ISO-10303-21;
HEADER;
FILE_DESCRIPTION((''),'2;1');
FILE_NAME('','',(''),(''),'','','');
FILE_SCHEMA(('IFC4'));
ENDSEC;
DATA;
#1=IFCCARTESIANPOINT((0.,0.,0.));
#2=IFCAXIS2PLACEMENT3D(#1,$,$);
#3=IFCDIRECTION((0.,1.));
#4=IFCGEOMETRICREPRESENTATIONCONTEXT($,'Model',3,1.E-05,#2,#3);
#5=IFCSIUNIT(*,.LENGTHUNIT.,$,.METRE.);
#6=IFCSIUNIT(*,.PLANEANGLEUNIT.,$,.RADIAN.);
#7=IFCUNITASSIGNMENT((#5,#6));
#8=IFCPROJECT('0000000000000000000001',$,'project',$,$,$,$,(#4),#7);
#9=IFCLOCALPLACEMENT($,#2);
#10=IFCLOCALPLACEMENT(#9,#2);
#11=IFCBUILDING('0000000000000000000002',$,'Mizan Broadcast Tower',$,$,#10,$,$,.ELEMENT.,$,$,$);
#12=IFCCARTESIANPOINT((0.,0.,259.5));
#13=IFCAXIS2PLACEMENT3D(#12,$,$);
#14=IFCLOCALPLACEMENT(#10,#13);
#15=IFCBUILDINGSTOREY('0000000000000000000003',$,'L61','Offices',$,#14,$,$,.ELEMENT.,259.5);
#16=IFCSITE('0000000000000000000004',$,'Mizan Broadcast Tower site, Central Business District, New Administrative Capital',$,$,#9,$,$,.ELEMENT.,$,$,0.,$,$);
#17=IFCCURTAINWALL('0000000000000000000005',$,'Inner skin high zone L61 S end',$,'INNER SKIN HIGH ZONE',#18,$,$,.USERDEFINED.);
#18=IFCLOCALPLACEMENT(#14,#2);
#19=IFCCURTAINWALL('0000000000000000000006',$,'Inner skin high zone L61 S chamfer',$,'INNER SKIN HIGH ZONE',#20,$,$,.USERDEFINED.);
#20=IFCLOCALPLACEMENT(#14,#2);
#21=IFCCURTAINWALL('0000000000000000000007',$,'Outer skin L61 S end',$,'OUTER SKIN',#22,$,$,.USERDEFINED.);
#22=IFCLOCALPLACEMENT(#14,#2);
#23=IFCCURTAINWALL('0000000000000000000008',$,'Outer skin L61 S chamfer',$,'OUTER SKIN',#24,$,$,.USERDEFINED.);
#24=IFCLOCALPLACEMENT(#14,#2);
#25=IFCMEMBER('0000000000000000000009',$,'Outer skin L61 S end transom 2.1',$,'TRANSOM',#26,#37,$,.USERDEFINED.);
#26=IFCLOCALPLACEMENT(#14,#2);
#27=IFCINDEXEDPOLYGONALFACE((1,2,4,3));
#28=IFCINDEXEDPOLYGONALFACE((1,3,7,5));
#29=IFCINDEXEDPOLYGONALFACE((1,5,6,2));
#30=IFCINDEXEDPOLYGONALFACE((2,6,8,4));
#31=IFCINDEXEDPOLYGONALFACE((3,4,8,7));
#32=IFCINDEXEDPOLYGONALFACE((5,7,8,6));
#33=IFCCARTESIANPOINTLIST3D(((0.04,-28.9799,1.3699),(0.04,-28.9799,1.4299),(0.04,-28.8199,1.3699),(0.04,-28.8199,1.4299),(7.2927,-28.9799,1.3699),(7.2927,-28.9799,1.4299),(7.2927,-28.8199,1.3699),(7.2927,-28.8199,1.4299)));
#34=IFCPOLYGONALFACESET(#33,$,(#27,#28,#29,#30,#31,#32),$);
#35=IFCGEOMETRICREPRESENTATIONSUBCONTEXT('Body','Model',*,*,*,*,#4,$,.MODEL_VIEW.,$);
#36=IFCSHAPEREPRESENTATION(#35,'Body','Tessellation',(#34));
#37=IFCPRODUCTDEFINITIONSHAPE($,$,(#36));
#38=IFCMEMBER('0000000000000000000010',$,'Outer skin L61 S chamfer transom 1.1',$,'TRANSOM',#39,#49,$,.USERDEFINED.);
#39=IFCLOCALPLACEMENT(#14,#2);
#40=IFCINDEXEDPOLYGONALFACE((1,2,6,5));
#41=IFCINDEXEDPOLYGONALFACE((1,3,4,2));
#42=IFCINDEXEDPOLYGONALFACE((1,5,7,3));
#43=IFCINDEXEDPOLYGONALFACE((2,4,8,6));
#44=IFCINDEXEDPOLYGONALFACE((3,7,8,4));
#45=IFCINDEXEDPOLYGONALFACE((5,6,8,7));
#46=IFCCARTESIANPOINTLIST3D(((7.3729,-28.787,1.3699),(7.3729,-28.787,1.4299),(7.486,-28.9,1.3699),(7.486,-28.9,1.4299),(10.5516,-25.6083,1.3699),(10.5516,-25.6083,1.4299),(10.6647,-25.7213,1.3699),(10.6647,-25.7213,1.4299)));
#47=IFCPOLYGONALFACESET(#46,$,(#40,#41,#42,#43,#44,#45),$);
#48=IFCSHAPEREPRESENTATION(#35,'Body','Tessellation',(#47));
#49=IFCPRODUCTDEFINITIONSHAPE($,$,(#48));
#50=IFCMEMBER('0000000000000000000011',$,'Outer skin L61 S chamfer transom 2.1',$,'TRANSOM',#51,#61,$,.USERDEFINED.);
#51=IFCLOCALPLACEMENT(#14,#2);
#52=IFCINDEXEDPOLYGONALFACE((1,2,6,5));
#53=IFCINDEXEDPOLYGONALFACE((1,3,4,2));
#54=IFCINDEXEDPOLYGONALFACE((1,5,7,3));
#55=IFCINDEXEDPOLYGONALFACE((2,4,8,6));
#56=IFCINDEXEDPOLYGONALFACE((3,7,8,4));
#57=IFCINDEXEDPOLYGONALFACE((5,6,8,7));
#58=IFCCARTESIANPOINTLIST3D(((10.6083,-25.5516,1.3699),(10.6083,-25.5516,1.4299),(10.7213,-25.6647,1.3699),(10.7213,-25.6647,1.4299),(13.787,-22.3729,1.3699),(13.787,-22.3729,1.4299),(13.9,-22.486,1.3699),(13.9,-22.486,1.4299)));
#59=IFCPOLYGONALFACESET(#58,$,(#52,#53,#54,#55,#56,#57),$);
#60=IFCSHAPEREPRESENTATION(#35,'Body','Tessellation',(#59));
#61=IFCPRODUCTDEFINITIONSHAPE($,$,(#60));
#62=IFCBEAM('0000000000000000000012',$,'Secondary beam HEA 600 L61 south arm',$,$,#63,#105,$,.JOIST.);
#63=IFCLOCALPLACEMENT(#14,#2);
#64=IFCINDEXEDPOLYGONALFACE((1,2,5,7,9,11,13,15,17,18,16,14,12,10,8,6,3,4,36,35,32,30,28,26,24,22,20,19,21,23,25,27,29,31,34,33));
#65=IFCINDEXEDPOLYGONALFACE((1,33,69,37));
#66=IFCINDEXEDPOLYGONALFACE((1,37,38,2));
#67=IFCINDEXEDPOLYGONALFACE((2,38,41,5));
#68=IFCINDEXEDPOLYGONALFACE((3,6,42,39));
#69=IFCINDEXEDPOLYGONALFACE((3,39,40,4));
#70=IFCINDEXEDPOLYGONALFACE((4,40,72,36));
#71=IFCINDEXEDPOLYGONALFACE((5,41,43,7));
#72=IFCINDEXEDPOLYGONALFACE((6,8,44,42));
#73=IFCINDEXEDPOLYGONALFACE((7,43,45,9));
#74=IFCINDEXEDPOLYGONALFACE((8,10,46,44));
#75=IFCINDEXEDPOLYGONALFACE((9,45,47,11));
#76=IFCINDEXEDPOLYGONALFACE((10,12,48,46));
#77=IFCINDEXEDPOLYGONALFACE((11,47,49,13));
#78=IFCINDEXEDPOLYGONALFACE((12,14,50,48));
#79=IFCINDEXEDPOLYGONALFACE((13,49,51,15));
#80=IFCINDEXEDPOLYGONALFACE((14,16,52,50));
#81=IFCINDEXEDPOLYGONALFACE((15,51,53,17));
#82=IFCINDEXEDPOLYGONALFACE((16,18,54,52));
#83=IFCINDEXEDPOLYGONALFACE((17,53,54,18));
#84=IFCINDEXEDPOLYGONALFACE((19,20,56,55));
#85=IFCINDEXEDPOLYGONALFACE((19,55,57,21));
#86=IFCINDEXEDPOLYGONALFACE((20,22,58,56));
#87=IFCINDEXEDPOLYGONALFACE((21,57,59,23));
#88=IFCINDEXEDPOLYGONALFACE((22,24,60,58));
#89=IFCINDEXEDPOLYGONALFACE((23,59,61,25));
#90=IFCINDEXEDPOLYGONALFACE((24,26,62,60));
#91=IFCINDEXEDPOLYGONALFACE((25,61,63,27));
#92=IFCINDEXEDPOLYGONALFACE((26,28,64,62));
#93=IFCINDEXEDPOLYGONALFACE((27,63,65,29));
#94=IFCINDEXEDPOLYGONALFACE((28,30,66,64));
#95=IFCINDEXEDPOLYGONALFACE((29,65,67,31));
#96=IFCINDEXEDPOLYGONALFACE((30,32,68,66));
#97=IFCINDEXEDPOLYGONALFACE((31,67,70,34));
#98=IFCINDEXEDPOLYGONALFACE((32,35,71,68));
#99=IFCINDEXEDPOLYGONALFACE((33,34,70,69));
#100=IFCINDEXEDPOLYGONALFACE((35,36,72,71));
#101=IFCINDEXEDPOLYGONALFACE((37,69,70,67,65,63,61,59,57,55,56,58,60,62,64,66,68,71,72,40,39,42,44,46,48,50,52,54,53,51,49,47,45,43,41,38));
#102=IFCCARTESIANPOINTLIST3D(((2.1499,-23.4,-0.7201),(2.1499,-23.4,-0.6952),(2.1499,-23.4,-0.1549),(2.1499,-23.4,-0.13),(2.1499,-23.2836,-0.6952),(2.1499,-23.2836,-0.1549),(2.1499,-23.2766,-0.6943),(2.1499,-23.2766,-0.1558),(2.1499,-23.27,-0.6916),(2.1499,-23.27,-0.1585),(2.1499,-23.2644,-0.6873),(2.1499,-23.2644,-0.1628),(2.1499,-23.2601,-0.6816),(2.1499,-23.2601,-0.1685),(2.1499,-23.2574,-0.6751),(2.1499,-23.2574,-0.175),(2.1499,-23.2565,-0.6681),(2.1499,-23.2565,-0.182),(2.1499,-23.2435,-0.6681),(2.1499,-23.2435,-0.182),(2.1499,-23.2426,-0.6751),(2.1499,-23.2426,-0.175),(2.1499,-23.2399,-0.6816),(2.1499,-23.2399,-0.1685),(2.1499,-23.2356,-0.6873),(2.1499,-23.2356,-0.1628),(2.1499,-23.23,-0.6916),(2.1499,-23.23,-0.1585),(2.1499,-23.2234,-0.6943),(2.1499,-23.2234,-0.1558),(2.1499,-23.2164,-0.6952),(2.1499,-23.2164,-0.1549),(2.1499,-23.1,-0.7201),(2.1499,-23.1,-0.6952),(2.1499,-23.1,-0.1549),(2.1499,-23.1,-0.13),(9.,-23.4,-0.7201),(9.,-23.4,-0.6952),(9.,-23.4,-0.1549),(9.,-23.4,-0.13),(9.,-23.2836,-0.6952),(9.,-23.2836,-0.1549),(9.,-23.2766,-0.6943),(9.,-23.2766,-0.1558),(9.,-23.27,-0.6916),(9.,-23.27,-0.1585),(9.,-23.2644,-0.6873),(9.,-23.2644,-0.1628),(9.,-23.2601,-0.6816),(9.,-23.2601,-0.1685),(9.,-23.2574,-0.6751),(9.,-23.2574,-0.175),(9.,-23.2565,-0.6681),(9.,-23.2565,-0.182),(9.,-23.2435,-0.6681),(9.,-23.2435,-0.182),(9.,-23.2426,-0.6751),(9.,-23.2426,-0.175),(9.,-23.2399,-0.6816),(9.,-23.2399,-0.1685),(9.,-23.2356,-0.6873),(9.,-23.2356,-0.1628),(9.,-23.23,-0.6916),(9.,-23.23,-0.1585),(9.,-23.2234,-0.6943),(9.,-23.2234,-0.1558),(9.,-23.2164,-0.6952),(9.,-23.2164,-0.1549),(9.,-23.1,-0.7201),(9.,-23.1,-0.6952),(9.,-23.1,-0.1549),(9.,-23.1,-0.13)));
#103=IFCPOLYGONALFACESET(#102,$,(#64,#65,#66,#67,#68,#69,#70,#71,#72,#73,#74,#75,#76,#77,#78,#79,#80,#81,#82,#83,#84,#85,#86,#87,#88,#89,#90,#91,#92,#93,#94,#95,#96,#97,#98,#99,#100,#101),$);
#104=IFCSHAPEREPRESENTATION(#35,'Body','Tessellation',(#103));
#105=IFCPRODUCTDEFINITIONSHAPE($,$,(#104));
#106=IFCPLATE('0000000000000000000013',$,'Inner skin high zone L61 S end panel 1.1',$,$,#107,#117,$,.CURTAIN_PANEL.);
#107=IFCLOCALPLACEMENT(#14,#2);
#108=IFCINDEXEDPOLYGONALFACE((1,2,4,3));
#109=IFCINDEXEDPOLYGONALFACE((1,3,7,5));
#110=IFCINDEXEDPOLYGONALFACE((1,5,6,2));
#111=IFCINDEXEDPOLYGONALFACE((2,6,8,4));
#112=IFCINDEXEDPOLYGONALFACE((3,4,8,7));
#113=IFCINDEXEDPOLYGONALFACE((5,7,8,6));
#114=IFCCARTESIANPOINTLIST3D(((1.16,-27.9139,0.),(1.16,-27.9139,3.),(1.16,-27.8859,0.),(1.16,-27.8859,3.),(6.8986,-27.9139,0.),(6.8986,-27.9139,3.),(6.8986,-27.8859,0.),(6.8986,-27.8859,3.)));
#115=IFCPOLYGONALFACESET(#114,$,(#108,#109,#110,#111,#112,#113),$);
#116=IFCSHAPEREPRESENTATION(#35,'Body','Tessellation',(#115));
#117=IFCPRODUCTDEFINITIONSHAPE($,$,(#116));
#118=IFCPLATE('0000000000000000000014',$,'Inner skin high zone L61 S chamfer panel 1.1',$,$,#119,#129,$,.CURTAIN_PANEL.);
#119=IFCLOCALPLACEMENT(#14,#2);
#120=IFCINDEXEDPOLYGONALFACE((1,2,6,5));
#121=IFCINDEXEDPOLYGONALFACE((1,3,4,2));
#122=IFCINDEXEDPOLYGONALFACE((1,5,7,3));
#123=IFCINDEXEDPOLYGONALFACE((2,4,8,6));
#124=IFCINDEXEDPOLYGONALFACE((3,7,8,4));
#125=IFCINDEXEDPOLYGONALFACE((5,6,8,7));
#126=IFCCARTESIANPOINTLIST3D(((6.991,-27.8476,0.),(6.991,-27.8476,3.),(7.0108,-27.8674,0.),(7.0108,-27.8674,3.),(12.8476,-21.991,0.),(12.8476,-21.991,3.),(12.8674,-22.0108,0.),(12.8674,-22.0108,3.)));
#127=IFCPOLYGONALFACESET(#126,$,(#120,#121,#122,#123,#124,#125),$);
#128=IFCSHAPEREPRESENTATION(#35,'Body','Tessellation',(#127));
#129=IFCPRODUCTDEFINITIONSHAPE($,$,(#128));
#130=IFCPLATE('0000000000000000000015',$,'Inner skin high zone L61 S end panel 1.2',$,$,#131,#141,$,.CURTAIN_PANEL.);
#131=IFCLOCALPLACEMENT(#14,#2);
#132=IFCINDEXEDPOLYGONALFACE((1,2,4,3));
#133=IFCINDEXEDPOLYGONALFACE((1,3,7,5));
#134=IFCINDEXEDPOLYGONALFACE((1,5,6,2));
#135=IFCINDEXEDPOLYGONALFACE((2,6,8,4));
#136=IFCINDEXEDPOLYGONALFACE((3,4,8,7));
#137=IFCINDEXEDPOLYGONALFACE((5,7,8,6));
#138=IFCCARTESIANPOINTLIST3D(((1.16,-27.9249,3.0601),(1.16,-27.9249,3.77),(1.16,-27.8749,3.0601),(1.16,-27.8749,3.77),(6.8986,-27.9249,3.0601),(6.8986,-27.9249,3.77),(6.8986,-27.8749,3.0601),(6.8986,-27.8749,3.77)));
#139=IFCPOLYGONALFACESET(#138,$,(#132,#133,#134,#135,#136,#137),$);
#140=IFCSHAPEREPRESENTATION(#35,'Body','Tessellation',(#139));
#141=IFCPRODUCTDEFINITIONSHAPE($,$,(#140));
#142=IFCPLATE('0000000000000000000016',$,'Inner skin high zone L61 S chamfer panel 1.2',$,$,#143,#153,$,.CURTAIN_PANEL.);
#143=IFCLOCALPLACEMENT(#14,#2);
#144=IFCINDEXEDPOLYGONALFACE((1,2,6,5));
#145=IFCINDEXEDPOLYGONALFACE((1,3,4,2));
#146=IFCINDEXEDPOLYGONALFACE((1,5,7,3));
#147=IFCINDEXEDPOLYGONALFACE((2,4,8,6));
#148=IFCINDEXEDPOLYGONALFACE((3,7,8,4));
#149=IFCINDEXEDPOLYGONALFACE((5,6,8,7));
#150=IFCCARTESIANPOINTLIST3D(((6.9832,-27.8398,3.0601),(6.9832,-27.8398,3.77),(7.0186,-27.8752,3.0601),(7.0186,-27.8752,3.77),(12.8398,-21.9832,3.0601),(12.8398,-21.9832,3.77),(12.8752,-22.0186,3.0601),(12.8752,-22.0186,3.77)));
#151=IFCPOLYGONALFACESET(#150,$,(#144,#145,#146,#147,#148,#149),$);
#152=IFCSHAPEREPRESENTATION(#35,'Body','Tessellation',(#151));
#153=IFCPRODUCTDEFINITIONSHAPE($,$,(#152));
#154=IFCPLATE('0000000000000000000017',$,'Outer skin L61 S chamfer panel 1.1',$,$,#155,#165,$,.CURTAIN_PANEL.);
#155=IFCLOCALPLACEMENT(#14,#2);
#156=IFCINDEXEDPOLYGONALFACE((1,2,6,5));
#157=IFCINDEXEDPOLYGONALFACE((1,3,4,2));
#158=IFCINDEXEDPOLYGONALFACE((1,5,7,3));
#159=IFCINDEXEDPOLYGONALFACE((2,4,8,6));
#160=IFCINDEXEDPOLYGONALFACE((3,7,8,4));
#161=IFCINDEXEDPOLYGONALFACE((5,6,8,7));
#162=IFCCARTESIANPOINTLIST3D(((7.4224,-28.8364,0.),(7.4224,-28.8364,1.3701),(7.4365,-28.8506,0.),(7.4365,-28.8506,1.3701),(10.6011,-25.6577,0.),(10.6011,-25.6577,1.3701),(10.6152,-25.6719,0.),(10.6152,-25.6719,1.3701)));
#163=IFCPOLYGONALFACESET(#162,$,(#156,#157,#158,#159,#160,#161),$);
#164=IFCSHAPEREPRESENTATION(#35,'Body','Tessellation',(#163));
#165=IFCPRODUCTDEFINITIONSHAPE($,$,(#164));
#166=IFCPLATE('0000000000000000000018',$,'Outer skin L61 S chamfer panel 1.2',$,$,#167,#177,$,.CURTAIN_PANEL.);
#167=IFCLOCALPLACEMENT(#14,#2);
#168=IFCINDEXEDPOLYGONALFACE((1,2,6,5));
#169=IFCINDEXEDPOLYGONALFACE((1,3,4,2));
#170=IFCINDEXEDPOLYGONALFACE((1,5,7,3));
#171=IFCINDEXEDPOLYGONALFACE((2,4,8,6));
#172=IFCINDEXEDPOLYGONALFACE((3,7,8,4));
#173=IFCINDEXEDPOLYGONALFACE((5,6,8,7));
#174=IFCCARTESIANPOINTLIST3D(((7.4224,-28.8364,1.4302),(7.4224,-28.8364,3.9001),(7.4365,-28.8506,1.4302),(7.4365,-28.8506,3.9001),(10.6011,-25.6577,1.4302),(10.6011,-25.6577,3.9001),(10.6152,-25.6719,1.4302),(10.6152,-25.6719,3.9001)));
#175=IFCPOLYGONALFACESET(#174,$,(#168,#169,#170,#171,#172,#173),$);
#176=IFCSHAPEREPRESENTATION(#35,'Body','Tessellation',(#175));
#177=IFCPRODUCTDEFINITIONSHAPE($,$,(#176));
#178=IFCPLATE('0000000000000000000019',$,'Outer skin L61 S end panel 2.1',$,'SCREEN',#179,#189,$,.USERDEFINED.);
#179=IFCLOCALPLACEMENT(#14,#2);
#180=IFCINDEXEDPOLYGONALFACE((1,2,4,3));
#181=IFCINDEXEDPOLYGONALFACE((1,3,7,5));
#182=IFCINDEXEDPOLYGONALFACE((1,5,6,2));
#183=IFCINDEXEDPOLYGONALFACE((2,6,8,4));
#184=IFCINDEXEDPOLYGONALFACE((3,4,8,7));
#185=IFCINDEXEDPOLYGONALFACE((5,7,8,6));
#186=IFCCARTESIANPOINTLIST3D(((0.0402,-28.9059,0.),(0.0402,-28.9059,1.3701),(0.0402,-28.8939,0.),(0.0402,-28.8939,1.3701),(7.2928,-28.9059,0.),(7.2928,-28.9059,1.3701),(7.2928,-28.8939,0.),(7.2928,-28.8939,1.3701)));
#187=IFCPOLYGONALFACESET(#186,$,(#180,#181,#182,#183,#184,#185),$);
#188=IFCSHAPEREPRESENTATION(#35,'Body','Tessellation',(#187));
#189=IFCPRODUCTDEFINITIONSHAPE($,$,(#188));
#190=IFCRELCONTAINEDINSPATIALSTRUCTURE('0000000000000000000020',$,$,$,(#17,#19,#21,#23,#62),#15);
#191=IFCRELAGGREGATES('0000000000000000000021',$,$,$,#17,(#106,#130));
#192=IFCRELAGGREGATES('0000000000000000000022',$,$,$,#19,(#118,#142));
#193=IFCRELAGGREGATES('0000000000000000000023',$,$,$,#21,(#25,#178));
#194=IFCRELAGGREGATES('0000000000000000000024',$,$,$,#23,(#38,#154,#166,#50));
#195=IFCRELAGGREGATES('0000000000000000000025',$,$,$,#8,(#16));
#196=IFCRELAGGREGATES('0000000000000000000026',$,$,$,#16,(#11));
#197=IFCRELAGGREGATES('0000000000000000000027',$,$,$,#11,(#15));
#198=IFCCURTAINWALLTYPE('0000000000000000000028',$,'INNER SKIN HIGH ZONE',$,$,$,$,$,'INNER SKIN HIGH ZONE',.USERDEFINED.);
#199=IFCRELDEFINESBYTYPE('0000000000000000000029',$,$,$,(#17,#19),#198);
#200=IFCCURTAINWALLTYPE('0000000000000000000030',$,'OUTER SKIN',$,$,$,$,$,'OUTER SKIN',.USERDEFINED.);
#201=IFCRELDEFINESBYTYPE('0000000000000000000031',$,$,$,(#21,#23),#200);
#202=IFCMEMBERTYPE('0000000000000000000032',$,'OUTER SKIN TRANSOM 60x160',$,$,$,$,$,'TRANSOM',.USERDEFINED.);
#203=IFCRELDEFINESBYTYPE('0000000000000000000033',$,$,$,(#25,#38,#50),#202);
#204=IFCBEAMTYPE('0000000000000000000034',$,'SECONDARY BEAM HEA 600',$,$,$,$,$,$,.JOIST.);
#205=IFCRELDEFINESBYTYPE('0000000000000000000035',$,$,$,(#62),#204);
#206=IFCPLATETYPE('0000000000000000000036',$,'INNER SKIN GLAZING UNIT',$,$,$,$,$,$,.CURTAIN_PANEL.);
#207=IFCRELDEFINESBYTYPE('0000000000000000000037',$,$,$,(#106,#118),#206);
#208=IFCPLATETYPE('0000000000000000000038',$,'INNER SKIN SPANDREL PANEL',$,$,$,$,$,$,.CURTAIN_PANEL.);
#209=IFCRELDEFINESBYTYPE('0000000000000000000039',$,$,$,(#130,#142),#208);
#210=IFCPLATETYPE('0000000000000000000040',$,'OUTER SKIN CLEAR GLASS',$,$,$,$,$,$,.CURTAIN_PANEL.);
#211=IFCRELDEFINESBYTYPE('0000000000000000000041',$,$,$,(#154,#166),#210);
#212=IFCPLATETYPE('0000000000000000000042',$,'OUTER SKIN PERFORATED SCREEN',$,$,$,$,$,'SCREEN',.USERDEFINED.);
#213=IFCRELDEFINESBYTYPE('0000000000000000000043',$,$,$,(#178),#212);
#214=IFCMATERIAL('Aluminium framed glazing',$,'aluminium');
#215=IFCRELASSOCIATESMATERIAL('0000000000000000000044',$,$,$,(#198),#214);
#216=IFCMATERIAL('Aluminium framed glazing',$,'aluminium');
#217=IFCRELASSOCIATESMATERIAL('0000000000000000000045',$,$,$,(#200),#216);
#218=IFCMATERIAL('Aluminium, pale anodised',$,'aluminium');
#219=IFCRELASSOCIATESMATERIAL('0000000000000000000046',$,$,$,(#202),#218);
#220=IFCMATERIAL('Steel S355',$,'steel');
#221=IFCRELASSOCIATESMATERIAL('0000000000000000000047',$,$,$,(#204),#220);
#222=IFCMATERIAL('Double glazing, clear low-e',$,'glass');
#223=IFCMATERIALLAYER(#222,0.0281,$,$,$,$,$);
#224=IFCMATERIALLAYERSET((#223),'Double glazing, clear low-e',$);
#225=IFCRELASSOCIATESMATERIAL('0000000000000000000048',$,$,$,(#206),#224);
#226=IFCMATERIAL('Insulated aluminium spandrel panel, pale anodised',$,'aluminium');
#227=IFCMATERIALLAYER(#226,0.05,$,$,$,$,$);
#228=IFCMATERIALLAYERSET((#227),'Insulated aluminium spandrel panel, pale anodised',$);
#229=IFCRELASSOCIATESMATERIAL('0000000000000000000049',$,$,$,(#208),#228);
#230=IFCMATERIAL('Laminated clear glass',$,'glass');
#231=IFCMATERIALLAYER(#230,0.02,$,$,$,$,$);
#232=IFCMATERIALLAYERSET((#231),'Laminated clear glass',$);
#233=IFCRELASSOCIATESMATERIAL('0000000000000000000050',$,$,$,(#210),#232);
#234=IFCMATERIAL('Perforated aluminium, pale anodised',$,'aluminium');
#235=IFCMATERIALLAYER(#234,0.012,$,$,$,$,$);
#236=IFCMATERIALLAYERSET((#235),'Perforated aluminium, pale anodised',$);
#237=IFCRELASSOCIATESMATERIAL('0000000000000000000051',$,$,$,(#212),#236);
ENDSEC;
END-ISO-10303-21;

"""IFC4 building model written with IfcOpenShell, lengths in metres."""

from ifc_helpers import new_model, si_unit, direction, frame, origin, origin_2d, place, context, subcontext, project, spatial, rectangle, i_section, extrude, material, layer, layer_set, material_profile, profile_set, type_object, element, aggregate, save


model = new_model("IFC4")

# Units and contexts
model_context = context("Model", 3, precision=1e-05, world=origin(), true_north=direction((0.0, 1.0)))
body_context = subcontext(model_context, "Body", "Model", "MODEL_VIEW")
ifc_project = project(units=[si_unit("LENGTHUNIT", "METRE"), si_unit("PLANEANGLEUNIT", "RADIAN")], contexts=[model_context])

# Site, building, storey
site_placement = place(None, origin())
site = spatial("IfcSite", under=ifc_project, at=site_placement, Name="Mizan Broadcast Tower site, Central Business District, New Administrative Capital", CompositionType="ELEMENT", RefElevation=0.0)
building_placement = place(site_placement, origin())
building = spatial("IfcBuilding", under=site, at=building_placement, Name="Mizan Broadcast Tower", CompositionType="ELEMENT")
storey_placement = place(building_placement, frame((0.0, 0.0, 259.5)))
storey = spatial("IfcBuildingStorey", under=building, at=storey_placement, Name="L61", Description="Offices", CompositionType="ELEMENT", Elevation=259.5)

# Curtain wall
ifc_material_1 = material(Name="Aluminium framed glazing", Category="aluminium")
curtain_wall_type_1 = type_object("IfcCurtainWallType", Name="INNER SKIN HIGH ZONE", ElementType="INNER SKIN HIGH ZONE", PredefinedType="USERDEFINED", material=ifc_material_1)
curtain_wall_1_placement = place(storey_placement, origin())
curtain_wall_1 = element("IfcCurtainWall", 1, at=curtain_wall_1_placement, inside=storey, type_object=curtain_wall_type_1, Name="Inner skin high zone L61 S end", ObjectType="INNER SKIN HIGH ZONE", PredefinedType="USERDEFINED")

# Curtain wall
curtain_wall_2_placement = place(storey_placement, origin())
curtain_wall_2 = element("IfcCurtainWall", 2, at=curtain_wall_2_placement, inside=storey, type_object=curtain_wall_type_1, Name="Inner skin high zone L61 S chamfer", ObjectType="INNER SKIN HIGH ZONE", PredefinedType="USERDEFINED")

# Curtain wall
ifc_material_2 = material(Name="Aluminium framed glazing", Category="aluminium")
curtain_wall_type_2 = type_object("IfcCurtainWallType", Name="OUTER SKIN", ElementType="OUTER SKIN", PredefinedType="USERDEFINED", material=ifc_material_2)
curtain_wall_3_placement = place(storey_placement, origin())
curtain_wall_3 = element("IfcCurtainWall", 3, at=curtain_wall_3_placement, inside=storey, type_object=curtain_wall_type_2, Name="Outer skin L61 S end", ObjectType="OUTER SKIN", PredefinedType="USERDEFINED")

# Curtain wall
curtain_wall_4_placement = place(storey_placement, origin())
curtain_wall_4 = element("IfcCurtainWall", 4, at=curtain_wall_4_placement, inside=storey, type_object=curtain_wall_type_2, Name="Outer skin L61 S chamfer", ObjectType="OUTER SKIN", PredefinedType="USERDEFINED")

# Members
ifc_material_3 = material(Name="Aluminium, pale anodised", Category="aluminium")
ifc_material_profile_1 = material_profile(ifc_material_3, rectangle(XDim=0.1599, YDim=0.0601, at=origin_2d()), Name="TRANSOM 160x60")
ifc_profile_set_1 = profile_set([ifc_material_profile_1], Name="Aluminium, pale anodised")
member_type_1 = type_object("IfcMemberType", Name="OUTER SKIN TRANSOM 60x160", ElementType="TRANSOM", PredefinedType="USERDEFINED", material=ifc_profile_set_1)
member_1_placement = place(storey_placement, frame((0.04, -28.8999, 1.3999), z_axis=(1.0, 0.0, 0.0), x_axis=(0.0, 1.0, 0.0)))
member_1 = element("IfcMember", 5, at=member_1_placement, type_object=member_type_1, Name="Outer skin L61 S end transom 2.1", ObjectType="TRANSOM", PredefinedType="USERDEFINED", context=body_context, shape_type="SweptSolid", body=[
    extrude(rectangle(XDim=0.1599, YDim=0.0601, at=origin_2d()), origin(), (0.0, 0.0, 1.0), 7.2527),
])
member_2_placement = place(storey_placement, frame((7.4294, -28.8435, 1.3999), z_axis=(0.707107, 0.707107, 0.0), x_axis=(-0.707107, 0.707107, 0.0)))
member_2 = element("IfcMember", 6, at=member_2_placement, type_object=member_type_1, Name="Outer skin L61 S chamfer transom 1.1", ObjectType="TRANSOM", PredefinedType="USERDEFINED", context=body_context, shape_type="SweptSolid", body=[
    extrude(rectangle(XDim=0.1599, YDim=0.0601, at=origin_2d()), origin(), (0.0, 0.0, 1.0), 4.4954),
])
member_3_placement = place(storey_placement, frame((10.6648, -25.6082, 1.3999), z_axis=(0.707107, 0.707107, 0.0), x_axis=(-0.707107, 0.707107, 0.0)))
member_3 = element("IfcMember", 7, at=member_3_placement, type_object=member_type_1, Name="Outer skin L61 S chamfer transom 2.1", ObjectType="TRANSOM", PredefinedType="USERDEFINED", context=body_context, shape_type="SweptSolid", body=[
    extrude(rectangle(XDim=0.1599, YDim=0.0601, at=origin_2d()), origin(), (0.0, 0.0, 1.0), 4.4954),
])

# Beam
ifc_material_4 = material(Name="Steel S355", Category="steel")
ifc_material_profile_2 = material_profile(ifc_material_4, i_section(OverallWidth=0.3, OverallDepth=0.5901, WebThickness=0.0129, FlangeThickness=0.0249, FilletRadius=0.0271, at=origin_2d()), Name="HEA 600")
ifc_profile_set_2 = profile_set([ifc_material_profile_2], Name="Steel S355")
beam_type_1 = type_object("IfcBeamType", Name="SECONDARY BEAM HEA 600", PredefinedType="JOIST", material=ifc_profile_set_2)
beam_1_placement = place(storey_placement, frame((9.0, -23.25, -0.425), z_axis=(-1.0, 0.0, 0.0), x_axis=(0.0, -1.0, 0.0)))
element("IfcBeam", 8, at=beam_1_placement, inside=storey, type_object=beam_type_1, Name="Secondary beam HEA 600 L61 south arm", PredefinedType="JOIST", context=body_context, shape_type="SweptSolid", body=[
    extrude(i_section(OverallWidth=0.3, OverallDepth=0.5901, WebThickness=0.0129, FlangeThickness=0.0249, FilletRadius=0.0271, at=origin_2d()), origin(), (0.0, 0.0, 1.0), 6.8501),
])

# Plates
ifc_material_5 = material(Name="Double glazing, clear low-e", Category="glass")
ifc_layer_1 = layer(ifc_material_5, 0.0281)
ifc_layer_set_1 = layer_set([ifc_layer_1], Name="Double glazing, clear low-e")
plate_type_1 = type_object("IfcPlateType", Name="INNER SKIN GLAZING UNIT", PredefinedType="CURTAIN_PANEL", material=ifc_layer_set_1)
plate_1_placement = place(storey_placement, frame((4.0293, -27.8999, 0.0), z_axis=(0.0, 0.0, 1.0), x_axis=(1.0, 0.0, 0.0)))
plate_1 = element("IfcPlate", 9, at=plate_1_placement, type_object=plate_type_1, Name="Inner skin high zone L61 S end panel 1.1", PredefinedType="CURTAIN_PANEL", context=body_context, shape_type="SweptSolid", body=[
    extrude(rectangle(XDim=5.7385, YDim=0.0281, at=origin_2d()), origin(), (0.0, 0.0, 1.0), 3.0),
])
plate_2_placement = place(storey_placement, frame((9.9292, -24.9292, 0.0), z_axis=(0.0, 0.0, 1.0), x_axis=(0.707107, 0.707107, 0.0)))
plate_2 = element("IfcPlate", 10, at=plate_2_placement, type_object=plate_type_1, Name="Inner skin high zone L61 S chamfer panel 1.1", PredefinedType="CURTAIN_PANEL", context=body_context, shape_type="SweptSolid", body=[
    extrude(rectangle(XDim=8.2825, YDim=0.0281, at=origin_2d()), origin(), (0.0, 0.0, 1.0), 3.0),
])
ifc_material_6 = material(Name="Insulated aluminium spandrel panel, pale anodised", Category="aluminium")
ifc_layer_2 = layer(ifc_material_6, 0.05)
ifc_layer_set_2 = layer_set([ifc_layer_2], Name="Insulated aluminium spandrel panel, pale anodised")
plate_type_2 = type_object("IfcPlateType", Name="INNER SKIN SPANDREL PANEL", PredefinedType="CURTAIN_PANEL", material=ifc_layer_set_2)
plate_3_placement = place(storey_placement, frame((4.0293, -27.8999, 3.0601), z_axis=(0.0, 0.0, 1.0), x_axis=(1.0, 0.0, 0.0)))
plate_3 = element("IfcPlate", 11, at=plate_3_placement, type_object=plate_type_2, Name="Inner skin high zone L61 S end panel 1.2", PredefinedType="CURTAIN_PANEL", context=body_context, shape_type="SweptSolid", body=[
    extrude(rectangle(XDim=5.7385, YDim=0.05, at=origin_2d()), origin(), (0.0, 0.0, 1.0), 0.71),
])
aggregate(curtain_wall_1, [plate_1, plate_3])
plate_4_placement = place(storey_placement, frame((9.9292, -24.9292, 3.0601), z_axis=(0.0, 0.0, 1.0), x_axis=(0.707107, 0.707107, 0.0)))
plate_4 = element("IfcPlate", 12, at=plate_4_placement, type_object=plate_type_2, Name="Inner skin high zone L61 S chamfer panel 1.2", PredefinedType="CURTAIN_PANEL", context=body_context, shape_type="SweptSolid", body=[
    extrude(rectangle(XDim=8.2825, YDim=0.05, at=origin_2d()), origin(), (0.0, 0.0, 1.0), 0.71),
])
aggregate(curtain_wall_2, [plate_2, plate_4])
ifc_material_7 = material(Name="Laminated clear glass", Category="glass")
ifc_layer_3 = layer(ifc_material_7, 0.02)
ifc_layer_set_3 = layer_set([ifc_layer_3], Name="Laminated clear glass")
plate_type_3 = type_object("IfcPlateType", Name="OUTER SKIN CLEAR GLASS", PredefinedType="CURTAIN_PANEL", material=ifc_layer_set_3)
plate_5_placement = place(storey_placement, frame((9.0188, -27.2542, 0.0), z_axis=(0.0, 0.0, 1.0), x_axis=(0.707107, 0.707107, 0.0)))
plate_5 = element("IfcPlate", 13, at=plate_5_placement, type_object=plate_type_3, Name="Outer skin L61 S chamfer panel 1.1", PredefinedType="CURTAIN_PANEL", context=body_context, shape_type="SweptSolid", body=[
    extrude(rectangle(XDim=4.4954, YDim=0.02, at=origin_2d()), origin(), (0.0, 0.0, 1.0), 1.3701),
])
plate_6_placement = place(storey_placement, frame((9.0188, -27.2542, 1.4302), z_axis=(0.0, 0.0, 1.0), x_axis=(0.707107, 0.707107, 0.0)))
plate_6 = element("IfcPlate", 14, at=plate_6_placement, type_object=plate_type_3, Name="Outer skin L61 S chamfer panel 1.2", PredefinedType="CURTAIN_PANEL", context=body_context, shape_type="SweptSolid", body=[
    extrude(rectangle(XDim=4.4954, YDim=0.02, at=origin_2d()), origin(), (0.0, 0.0, 1.0), 2.47),
])
ifc_material_8 = material(Name="Perforated aluminium, pale anodised", Category="aluminium")
ifc_layer_4 = layer(ifc_material_8, 0.012)
ifc_layer_set_4 = layer_set([ifc_layer_4], Name="Perforated aluminium, pale anodised")
plate_type_4 = type_object("IfcPlateType", Name="OUTER SKIN PERFORATED SCREEN", ElementType="SCREEN", PredefinedType="USERDEFINED", material=ifc_layer_set_4)
plate_7_placement = place(storey_placement, frame((3.6665, -28.8999, 0.0), z_axis=(0.0, 0.0, 1.0), x_axis=(1.0, 0.0, 0.0)))
plate_7 = element("IfcPlate", 15, at=plate_7_placement, type_object=plate_type_4, Name="Outer skin L61 S end panel 2.1", ObjectType="SCREEN", PredefinedType="USERDEFINED", context=body_context, shape_type="SweptSolid", body=[
    extrude(rectangle(XDim=7.2527, YDim=0.012, at=origin_2d()), origin(), (0.0, 0.0, 1.0), 1.3701),
])
aggregate(curtain_wall_3, [member_1, plate_7])
aggregate(curtain_wall_4, [member_2, plate_5, plate_6, member_3])

save(model, "model.ifc")
